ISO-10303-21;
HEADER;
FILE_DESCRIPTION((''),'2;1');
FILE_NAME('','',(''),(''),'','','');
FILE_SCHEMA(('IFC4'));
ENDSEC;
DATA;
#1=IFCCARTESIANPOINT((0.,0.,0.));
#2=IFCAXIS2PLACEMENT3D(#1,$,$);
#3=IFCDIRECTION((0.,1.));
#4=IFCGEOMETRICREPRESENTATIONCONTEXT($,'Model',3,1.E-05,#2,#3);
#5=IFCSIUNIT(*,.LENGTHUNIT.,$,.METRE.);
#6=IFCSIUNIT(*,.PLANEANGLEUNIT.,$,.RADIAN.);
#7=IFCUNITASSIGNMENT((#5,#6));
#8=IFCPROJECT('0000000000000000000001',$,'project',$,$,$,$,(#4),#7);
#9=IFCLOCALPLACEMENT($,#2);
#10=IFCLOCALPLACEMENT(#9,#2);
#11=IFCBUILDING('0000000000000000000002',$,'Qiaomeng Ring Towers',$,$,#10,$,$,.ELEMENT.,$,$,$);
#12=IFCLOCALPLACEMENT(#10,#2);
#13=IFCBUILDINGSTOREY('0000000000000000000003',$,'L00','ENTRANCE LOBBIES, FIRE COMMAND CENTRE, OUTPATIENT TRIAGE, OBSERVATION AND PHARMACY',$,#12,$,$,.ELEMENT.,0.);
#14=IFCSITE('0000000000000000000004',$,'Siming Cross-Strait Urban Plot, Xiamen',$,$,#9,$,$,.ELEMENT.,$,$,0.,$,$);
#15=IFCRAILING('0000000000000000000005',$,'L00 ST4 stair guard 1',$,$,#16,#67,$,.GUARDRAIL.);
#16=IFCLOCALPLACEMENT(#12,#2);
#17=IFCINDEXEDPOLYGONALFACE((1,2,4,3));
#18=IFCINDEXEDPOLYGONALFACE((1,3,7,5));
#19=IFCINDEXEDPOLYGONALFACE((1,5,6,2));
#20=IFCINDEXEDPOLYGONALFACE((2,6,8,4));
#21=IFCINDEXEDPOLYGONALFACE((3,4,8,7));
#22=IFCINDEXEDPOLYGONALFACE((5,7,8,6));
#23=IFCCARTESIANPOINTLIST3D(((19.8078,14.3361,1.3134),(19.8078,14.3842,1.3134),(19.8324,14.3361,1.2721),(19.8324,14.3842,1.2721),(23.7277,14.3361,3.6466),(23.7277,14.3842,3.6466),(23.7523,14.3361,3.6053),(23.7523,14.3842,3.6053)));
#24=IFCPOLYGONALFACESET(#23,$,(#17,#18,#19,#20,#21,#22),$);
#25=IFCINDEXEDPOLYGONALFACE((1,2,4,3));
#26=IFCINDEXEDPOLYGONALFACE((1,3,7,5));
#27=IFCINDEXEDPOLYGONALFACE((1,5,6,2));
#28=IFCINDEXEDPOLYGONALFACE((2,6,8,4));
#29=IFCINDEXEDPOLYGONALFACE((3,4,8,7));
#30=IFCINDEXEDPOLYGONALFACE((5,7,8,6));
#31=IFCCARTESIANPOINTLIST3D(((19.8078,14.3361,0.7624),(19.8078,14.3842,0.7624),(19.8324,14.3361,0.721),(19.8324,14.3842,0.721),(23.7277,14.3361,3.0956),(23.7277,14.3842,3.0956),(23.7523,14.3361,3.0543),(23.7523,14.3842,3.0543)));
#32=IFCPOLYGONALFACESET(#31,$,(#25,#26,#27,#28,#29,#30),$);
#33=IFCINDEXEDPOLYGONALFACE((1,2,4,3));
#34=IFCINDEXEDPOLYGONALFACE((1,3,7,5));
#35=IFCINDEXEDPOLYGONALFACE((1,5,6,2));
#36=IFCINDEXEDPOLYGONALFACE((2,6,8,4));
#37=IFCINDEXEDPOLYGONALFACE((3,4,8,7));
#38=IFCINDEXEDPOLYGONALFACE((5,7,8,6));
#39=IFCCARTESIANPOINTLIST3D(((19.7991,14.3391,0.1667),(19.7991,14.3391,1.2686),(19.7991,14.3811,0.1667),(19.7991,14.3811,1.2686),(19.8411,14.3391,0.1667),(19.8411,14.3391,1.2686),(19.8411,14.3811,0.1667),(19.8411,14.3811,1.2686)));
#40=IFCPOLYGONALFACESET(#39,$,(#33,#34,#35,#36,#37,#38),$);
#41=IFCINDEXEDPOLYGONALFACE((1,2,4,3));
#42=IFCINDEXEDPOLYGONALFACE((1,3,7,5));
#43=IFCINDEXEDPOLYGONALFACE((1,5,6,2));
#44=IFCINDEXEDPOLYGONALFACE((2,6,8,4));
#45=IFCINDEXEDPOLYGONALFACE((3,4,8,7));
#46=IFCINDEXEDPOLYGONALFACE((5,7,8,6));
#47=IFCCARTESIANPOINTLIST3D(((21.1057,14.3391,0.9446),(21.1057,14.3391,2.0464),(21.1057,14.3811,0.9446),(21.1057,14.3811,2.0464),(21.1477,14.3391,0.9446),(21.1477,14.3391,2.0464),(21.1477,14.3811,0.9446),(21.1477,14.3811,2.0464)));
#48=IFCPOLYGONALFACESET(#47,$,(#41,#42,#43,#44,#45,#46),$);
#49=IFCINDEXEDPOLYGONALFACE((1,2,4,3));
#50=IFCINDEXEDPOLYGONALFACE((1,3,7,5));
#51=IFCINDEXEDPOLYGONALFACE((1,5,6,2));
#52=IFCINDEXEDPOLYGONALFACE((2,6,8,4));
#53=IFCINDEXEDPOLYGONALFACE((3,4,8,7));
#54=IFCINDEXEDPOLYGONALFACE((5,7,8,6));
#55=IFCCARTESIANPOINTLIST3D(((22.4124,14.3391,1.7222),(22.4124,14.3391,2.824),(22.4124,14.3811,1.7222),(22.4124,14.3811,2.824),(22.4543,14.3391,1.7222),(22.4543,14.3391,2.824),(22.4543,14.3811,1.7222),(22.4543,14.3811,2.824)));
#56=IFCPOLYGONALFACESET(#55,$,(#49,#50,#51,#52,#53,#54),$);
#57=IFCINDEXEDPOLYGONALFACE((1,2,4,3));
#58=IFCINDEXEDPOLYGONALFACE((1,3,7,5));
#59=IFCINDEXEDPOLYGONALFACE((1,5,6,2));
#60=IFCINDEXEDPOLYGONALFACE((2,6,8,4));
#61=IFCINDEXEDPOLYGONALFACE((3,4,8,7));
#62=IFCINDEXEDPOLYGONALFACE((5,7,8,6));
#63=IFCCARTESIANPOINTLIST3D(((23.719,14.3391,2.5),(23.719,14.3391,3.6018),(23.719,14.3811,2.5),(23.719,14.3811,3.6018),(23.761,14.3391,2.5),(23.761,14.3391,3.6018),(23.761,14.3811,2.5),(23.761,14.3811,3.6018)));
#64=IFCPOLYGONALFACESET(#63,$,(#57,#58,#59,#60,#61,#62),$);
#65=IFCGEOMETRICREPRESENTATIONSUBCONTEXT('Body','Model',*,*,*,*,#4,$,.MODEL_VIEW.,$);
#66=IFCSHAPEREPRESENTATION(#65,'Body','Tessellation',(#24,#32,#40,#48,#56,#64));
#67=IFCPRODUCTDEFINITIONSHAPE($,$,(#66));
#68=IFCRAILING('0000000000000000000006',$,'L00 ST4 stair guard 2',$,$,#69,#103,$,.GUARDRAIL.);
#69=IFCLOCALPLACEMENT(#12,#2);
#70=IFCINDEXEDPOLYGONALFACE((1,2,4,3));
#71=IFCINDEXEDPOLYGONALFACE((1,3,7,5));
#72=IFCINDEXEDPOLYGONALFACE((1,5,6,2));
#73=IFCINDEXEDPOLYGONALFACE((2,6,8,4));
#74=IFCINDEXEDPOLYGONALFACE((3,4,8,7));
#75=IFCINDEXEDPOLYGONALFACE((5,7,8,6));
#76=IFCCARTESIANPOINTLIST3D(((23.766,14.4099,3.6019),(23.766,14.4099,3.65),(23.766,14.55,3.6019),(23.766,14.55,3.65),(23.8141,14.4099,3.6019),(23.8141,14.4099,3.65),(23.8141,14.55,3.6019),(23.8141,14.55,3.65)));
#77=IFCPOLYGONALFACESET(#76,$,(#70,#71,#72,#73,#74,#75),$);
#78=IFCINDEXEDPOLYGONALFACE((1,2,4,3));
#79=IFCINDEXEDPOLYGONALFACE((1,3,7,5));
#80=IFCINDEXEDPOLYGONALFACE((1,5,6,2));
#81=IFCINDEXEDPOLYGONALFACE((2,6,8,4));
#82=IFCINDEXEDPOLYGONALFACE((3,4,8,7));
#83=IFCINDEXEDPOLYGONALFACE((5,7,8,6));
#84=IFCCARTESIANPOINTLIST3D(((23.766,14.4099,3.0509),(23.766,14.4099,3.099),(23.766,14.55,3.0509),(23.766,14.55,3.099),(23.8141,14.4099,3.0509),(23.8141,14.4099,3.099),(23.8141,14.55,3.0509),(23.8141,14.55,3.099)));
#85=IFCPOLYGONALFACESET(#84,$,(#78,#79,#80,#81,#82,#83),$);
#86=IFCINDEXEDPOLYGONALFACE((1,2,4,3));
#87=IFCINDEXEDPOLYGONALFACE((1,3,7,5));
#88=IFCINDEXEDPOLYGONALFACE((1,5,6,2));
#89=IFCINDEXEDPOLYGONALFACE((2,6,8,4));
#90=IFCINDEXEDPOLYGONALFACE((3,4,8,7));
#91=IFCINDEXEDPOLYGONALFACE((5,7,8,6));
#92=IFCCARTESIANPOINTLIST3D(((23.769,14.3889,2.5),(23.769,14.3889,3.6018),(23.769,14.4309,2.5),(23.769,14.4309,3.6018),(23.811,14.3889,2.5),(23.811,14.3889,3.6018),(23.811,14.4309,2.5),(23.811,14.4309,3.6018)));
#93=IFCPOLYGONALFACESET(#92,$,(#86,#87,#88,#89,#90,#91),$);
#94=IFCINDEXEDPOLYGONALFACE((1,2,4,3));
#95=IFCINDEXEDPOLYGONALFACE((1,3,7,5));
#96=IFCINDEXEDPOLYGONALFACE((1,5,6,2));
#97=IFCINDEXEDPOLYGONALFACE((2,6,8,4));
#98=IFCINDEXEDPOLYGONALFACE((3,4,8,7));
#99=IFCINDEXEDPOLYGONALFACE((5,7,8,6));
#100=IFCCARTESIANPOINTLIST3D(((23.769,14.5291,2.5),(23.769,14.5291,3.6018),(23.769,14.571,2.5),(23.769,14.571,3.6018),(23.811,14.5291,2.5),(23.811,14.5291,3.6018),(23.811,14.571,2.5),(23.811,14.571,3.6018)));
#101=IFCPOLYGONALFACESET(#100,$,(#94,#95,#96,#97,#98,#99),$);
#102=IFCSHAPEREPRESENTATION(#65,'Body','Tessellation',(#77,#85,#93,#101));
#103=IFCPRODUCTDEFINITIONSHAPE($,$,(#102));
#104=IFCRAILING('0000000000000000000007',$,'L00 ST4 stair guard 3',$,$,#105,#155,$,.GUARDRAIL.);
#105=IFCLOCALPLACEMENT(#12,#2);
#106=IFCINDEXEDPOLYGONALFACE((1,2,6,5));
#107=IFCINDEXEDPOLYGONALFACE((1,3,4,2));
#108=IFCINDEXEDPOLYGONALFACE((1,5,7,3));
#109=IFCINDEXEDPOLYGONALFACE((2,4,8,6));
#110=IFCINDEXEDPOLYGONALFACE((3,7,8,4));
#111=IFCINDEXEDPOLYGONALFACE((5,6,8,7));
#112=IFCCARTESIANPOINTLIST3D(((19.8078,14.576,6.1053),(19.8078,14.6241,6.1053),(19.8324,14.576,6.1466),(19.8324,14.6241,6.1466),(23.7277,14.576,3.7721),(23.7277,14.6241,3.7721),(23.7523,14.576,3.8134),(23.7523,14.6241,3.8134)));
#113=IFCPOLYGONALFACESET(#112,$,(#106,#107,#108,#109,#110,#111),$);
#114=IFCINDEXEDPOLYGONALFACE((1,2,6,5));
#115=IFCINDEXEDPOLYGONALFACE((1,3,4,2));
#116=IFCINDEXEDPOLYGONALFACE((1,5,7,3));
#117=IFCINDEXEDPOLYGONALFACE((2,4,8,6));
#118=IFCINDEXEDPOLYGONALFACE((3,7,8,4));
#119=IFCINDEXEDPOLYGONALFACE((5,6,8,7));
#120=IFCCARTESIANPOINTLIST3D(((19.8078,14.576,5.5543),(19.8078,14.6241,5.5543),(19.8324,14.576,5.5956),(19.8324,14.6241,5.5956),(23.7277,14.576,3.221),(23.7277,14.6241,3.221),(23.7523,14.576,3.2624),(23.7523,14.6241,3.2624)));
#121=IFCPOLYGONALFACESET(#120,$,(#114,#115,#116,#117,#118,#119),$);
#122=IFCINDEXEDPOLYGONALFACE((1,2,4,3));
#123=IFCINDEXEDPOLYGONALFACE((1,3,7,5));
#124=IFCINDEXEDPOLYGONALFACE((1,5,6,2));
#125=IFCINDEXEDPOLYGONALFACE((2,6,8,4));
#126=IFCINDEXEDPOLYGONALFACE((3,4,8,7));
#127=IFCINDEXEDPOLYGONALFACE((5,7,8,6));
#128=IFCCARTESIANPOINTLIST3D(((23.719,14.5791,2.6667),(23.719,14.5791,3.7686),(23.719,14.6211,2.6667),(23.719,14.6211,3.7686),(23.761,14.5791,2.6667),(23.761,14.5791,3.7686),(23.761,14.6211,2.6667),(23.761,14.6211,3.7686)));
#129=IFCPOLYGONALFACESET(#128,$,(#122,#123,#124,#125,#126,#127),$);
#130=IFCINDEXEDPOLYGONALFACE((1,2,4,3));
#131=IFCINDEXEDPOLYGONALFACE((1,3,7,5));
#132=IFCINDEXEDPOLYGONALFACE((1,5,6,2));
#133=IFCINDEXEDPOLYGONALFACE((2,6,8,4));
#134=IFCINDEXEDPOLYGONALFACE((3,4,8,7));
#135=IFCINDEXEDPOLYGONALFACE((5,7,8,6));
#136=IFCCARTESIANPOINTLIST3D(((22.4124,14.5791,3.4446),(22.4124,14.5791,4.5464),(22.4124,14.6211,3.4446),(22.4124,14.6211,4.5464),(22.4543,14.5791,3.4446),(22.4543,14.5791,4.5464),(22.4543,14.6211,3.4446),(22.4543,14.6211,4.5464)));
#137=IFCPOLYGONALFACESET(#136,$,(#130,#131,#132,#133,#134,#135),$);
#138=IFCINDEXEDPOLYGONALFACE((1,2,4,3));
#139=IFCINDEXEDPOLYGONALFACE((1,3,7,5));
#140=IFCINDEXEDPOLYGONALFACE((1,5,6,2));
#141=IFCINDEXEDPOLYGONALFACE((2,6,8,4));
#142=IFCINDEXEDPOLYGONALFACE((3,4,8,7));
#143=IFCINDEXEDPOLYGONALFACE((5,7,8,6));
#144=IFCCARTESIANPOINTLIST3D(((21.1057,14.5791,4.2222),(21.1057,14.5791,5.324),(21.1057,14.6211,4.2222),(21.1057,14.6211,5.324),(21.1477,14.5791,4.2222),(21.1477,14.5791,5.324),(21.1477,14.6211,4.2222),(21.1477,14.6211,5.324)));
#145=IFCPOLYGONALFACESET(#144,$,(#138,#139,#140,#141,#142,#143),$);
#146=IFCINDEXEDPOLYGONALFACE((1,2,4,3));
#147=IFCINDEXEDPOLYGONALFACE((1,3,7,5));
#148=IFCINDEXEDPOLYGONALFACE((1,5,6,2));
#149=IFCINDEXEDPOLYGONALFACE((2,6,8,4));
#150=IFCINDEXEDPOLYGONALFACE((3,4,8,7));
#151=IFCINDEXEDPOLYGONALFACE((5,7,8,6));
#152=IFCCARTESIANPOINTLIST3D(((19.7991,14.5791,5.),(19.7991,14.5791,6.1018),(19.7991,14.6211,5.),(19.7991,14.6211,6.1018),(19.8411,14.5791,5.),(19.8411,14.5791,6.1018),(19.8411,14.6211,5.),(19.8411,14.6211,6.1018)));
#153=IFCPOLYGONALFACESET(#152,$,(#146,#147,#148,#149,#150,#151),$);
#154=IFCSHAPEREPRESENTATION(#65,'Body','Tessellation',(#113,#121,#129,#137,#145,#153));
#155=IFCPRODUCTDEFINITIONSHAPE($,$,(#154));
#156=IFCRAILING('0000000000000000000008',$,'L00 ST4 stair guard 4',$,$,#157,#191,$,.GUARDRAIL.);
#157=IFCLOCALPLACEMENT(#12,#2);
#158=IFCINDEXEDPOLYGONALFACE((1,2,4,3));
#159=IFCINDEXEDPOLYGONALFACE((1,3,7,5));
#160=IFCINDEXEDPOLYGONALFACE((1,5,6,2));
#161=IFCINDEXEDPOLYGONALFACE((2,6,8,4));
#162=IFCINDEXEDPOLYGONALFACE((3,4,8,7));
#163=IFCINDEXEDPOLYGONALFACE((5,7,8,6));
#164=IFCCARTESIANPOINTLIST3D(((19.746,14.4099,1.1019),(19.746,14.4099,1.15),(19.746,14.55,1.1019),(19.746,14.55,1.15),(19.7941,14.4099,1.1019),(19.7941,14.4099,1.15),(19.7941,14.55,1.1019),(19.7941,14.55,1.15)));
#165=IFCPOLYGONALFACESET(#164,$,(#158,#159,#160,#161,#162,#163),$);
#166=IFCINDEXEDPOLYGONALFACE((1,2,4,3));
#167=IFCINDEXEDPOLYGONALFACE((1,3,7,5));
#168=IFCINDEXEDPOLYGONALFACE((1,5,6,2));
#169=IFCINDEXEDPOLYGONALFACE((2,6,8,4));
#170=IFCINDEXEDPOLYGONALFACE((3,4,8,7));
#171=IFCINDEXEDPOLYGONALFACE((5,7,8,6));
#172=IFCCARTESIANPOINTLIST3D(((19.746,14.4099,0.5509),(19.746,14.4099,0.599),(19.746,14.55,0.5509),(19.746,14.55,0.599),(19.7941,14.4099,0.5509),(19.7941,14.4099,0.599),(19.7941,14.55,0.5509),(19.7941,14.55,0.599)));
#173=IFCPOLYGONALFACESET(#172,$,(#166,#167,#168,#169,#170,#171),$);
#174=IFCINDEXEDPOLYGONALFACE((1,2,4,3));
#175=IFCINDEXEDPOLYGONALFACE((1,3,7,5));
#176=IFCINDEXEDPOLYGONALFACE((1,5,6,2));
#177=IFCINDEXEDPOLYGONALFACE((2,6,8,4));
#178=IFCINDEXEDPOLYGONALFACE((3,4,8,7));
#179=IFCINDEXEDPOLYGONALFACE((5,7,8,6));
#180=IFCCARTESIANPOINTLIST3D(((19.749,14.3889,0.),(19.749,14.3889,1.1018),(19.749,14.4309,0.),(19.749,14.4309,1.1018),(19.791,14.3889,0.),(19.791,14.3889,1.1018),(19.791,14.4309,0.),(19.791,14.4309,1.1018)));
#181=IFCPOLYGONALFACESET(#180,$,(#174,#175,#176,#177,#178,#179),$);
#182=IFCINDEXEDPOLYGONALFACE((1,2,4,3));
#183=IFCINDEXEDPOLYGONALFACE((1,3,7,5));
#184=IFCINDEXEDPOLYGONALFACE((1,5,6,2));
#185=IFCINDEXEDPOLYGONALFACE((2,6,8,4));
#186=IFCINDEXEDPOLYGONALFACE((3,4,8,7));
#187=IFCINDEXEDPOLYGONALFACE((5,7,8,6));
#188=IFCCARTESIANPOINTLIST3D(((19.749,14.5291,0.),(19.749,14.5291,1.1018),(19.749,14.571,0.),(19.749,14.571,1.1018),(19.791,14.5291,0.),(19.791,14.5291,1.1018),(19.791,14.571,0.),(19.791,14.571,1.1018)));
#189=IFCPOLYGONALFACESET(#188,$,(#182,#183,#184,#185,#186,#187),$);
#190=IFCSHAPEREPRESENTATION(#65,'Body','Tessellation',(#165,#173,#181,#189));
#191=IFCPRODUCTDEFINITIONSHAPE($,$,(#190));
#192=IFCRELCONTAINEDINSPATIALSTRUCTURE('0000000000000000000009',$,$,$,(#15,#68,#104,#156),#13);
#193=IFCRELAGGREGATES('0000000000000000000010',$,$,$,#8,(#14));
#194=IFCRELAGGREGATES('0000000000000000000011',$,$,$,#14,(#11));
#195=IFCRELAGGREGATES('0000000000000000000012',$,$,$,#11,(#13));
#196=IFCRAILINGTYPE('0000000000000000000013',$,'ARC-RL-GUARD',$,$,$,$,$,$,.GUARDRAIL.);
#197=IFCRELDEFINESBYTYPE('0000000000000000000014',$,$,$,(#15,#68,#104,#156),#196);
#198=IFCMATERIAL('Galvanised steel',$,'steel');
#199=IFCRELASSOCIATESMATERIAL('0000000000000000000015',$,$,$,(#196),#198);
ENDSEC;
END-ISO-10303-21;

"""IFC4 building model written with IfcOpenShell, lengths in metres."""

from ifc_helpers import new_model, si_unit, direction, frame, origin, origin_2d, place, context, subcontext, project, spatial, rectangle, extrude, material, type_object, element, save


model = new_model("IFC4")

# Units and contexts
model_context = context("Model", 3, precision=1e-05, world=origin(), true_north=direction((0.0, 1.0)))
body_context = subcontext(model_context, "Body", "Model", "MODEL_VIEW")
ifc_project = project(units=[si_unit("LENGTHUNIT", "METRE"), si_unit("PLANEANGLEUNIT", "RADIAN")], contexts=[model_context])

# Site, building, storey
site_placement = place(None, origin())
site = spatial("IfcSite", under=ifc_project, at=site_placement, Name="Siming Cross-Strait Urban Plot, Xiamen", CompositionType="ELEMENT", RefElevation=0.0)
building_placement = place(site_placement, origin())
building = spatial("IfcBuilding", under=site, at=building_placement, Name="Qiaomeng Ring Towers", CompositionType="ELEMENT")
storey_placement = place(building_placement, origin())
storey = spatial("IfcBuildingStorey", under=building, at=storey_placement, Name="L00", Description="ENTRANCE LOBBIES, FIRE COMMAND CENTRE, OUTPATIENT TRIAGE, OBSERVATION AND PHARMACY", CompositionType="ELEMENT", Elevation=0.0)

# Shared definitions
ifc_material_1 = material(Name="Galvanised steel", Category="steel")

# Railings
railing_type_1 = type_object("IfcRailingType", Name="ARC-RL-GUARD", PredefinedType="GUARDRAIL", material=ifc_material_1)
railing_1_placement = place(storey_placement, frame((19.8201, 14.3601, 0.1667)))
element("IfcRailing", 1, at=railing_1_placement, inside=storey, type_object=railing_type_1, Name="L00 ST4 stair guard 1", PredefinedType="GUARDRAIL", context=body_context, shape_type="SweptSolid", body=[
    extrude(rectangle(XDim=0.0481, YDim=0.0481, at=origin_2d()), frame((0.0, 0.0, 1.126), z_axis=(0.859296, 0.0, 0.511478), x_axis=(0.0, 1.0, 0.0)), (0.0, 0.0, 1.0), 4.5618),
    extrude(rectangle(XDim=0.0481, YDim=0.0481, at=origin_2d()), frame((0.0, 0.0, 0.575), z_axis=(0.859296, 0.0, 0.511478), x_axis=(0.0, 1.0, 0.0)), (0.0, 0.0, 1.0), 4.5618),
    extrude(rectangle(XDim=0.042, YDim=0.042, at=origin_2d()), origin(), (0.0, 0.0, 1.0), 1.1018),
    extrude(rectangle(XDim=0.042, YDim=0.042, at=origin_2d()), frame((1.3066, 0.0, 0.7778)), (0.0, 0.0, 1.0), 1.1018),
    extrude(rectangle(XDim=0.042, YDim=0.042, at=origin_2d()), frame((2.6133, 0.0, 1.5554)), (0.0, 0.0, 1.0), 1.1018),
    extrude(rectangle(XDim=0.042, YDim=0.042, at=origin_2d()), frame((3.9199, 0.0, 2.3333)), (0.0, 0.0, 1.0), 1.1018),
])
railing_2_placement = place(storey_placement, frame((23.79, 14.4099, 2.5)))
element("IfcRailing", 2, at=railing_2_placement, inside=storey, type_object=railing_type_1, Name="L00 ST4 stair guard 2", PredefinedType="GUARDRAIL", context=body_context, shape_type="SweptSolid", body=[
    extrude(rectangle(XDim=0.0481, YDim=0.0481, at=origin_2d()), frame((0.0, 0.0, 1.126), z_axis=(0.0, 1.0, 0.0), x_axis=(-1.0, 0.0, 0.0)), (0.0, 0.0, 1.0), 0.1401),
    extrude(rectangle(XDim=0.0481, YDim=0.0481, at=origin_2d()), frame((0.0, 0.0, 0.575), z_axis=(0.0, 1.0, 0.0), x_axis=(-1.0, 0.0, 0.0)), (0.0, 0.0, 1.0), 0.1401),
    extrude(rectangle(XDim=0.042, YDim=0.042, at=origin_2d()), origin(), (0.0, 0.0, 1.0), 1.1018),
    extrude(rectangle(XDim=0.042, YDim=0.042, at=origin_2d()), frame((0.0, 0.1401, 0.0)), (0.0, 0.0, 1.0), 1.1018),
])
railing_3_placement = place(storey_placement, frame((23.74, 14.6001, 2.6667)))
element("IfcRailing", 3, at=railing_3_placement, inside=storey, type_object=railing_type_1, Name="L00 ST4 stair guard 3", PredefinedType="GUARDRAIL", context=body_context, shape_type="SweptSolid", body=[
    extrude(rectangle(XDim=0.0481, YDim=0.0481, at=origin_2d()), frame((0.0, 0.0, 1.126), z_axis=(-0.859296, 0.0, 0.511478), x_axis=(0.0, -1.0, 0.0)), (0.0, 0.0, 1.0), 4.5618),
    extrude(rectangle(XDim=0.0481, YDim=0.0481, at=origin_2d()), frame((0.0, 0.0, 0.575), z_axis=(-0.859296, 0.0, 0.511478), x_axis=(0.0, -1.0, 0.0)), (0.0, 0.0, 1.0), 4.5618),
    extrude(rectangle(XDim=0.042, YDim=0.042, at=origin_2d()), origin(), (0.0, 0.0, 1.0), 1.1018),
    extrude(rectangle(XDim=0.042, YDim=0.042, at=origin_2d()), frame((-1.3066, 0.0, 0.7778)), (0.0, 0.0, 1.0), 1.1018),
    extrude(rectangle(XDim=0.042, YDim=0.042, at=origin_2d()), frame((-2.6133, 0.0, 1.5554)), (0.0, 0.0, 1.0), 1.1018),
    extrude(rectangle(XDim=0.042, YDim=0.042, at=origin_2d()), frame((-3.9199, 0.0, 2.3333)), (0.0, 0.0, 1.0), 1.1018),
])
railing_4_placement = place(storey_placement, frame((19.77, 14.4099, 0.0)))
element("IfcRailing", 4, at=railing_4_placement, inside=storey, type_object=railing_type_1, Name="L00 ST4 stair guard 4", PredefinedType="GUARDRAIL", context=body_context, shape_type="SweptSolid", body=[
    extrude(rectangle(XDim=0.0481, YDim=0.0481, at=origin_2d()), frame((0.0, 0.0, 1.126), z_axis=(0.0, 1.0, 0.0), x_axis=(-1.0, 0.0, 0.0)), (0.0, 0.0, 1.0), 0.1401),
    extrude(rectangle(XDim=0.0481, YDim=0.0481, at=origin_2d()), frame((0.0, 0.0, 0.575), z_axis=(0.0, 1.0, 0.0), x_axis=(-1.0, 0.0, 0.0)), (0.0, 0.0, 1.0), 0.1401),
    extrude(rectangle(XDim=0.042, YDim=0.042, at=origin_2d()), origin(), (0.0, 0.0, 1.0), 1.1018),
    extrude(rectangle(XDim=0.042, YDim=0.042, at=origin_2d()), frame((0.0, 0.1401, 0.0)), (0.0, 0.0, 1.0), 1.1018),
])

save(model, "model.ifc")
